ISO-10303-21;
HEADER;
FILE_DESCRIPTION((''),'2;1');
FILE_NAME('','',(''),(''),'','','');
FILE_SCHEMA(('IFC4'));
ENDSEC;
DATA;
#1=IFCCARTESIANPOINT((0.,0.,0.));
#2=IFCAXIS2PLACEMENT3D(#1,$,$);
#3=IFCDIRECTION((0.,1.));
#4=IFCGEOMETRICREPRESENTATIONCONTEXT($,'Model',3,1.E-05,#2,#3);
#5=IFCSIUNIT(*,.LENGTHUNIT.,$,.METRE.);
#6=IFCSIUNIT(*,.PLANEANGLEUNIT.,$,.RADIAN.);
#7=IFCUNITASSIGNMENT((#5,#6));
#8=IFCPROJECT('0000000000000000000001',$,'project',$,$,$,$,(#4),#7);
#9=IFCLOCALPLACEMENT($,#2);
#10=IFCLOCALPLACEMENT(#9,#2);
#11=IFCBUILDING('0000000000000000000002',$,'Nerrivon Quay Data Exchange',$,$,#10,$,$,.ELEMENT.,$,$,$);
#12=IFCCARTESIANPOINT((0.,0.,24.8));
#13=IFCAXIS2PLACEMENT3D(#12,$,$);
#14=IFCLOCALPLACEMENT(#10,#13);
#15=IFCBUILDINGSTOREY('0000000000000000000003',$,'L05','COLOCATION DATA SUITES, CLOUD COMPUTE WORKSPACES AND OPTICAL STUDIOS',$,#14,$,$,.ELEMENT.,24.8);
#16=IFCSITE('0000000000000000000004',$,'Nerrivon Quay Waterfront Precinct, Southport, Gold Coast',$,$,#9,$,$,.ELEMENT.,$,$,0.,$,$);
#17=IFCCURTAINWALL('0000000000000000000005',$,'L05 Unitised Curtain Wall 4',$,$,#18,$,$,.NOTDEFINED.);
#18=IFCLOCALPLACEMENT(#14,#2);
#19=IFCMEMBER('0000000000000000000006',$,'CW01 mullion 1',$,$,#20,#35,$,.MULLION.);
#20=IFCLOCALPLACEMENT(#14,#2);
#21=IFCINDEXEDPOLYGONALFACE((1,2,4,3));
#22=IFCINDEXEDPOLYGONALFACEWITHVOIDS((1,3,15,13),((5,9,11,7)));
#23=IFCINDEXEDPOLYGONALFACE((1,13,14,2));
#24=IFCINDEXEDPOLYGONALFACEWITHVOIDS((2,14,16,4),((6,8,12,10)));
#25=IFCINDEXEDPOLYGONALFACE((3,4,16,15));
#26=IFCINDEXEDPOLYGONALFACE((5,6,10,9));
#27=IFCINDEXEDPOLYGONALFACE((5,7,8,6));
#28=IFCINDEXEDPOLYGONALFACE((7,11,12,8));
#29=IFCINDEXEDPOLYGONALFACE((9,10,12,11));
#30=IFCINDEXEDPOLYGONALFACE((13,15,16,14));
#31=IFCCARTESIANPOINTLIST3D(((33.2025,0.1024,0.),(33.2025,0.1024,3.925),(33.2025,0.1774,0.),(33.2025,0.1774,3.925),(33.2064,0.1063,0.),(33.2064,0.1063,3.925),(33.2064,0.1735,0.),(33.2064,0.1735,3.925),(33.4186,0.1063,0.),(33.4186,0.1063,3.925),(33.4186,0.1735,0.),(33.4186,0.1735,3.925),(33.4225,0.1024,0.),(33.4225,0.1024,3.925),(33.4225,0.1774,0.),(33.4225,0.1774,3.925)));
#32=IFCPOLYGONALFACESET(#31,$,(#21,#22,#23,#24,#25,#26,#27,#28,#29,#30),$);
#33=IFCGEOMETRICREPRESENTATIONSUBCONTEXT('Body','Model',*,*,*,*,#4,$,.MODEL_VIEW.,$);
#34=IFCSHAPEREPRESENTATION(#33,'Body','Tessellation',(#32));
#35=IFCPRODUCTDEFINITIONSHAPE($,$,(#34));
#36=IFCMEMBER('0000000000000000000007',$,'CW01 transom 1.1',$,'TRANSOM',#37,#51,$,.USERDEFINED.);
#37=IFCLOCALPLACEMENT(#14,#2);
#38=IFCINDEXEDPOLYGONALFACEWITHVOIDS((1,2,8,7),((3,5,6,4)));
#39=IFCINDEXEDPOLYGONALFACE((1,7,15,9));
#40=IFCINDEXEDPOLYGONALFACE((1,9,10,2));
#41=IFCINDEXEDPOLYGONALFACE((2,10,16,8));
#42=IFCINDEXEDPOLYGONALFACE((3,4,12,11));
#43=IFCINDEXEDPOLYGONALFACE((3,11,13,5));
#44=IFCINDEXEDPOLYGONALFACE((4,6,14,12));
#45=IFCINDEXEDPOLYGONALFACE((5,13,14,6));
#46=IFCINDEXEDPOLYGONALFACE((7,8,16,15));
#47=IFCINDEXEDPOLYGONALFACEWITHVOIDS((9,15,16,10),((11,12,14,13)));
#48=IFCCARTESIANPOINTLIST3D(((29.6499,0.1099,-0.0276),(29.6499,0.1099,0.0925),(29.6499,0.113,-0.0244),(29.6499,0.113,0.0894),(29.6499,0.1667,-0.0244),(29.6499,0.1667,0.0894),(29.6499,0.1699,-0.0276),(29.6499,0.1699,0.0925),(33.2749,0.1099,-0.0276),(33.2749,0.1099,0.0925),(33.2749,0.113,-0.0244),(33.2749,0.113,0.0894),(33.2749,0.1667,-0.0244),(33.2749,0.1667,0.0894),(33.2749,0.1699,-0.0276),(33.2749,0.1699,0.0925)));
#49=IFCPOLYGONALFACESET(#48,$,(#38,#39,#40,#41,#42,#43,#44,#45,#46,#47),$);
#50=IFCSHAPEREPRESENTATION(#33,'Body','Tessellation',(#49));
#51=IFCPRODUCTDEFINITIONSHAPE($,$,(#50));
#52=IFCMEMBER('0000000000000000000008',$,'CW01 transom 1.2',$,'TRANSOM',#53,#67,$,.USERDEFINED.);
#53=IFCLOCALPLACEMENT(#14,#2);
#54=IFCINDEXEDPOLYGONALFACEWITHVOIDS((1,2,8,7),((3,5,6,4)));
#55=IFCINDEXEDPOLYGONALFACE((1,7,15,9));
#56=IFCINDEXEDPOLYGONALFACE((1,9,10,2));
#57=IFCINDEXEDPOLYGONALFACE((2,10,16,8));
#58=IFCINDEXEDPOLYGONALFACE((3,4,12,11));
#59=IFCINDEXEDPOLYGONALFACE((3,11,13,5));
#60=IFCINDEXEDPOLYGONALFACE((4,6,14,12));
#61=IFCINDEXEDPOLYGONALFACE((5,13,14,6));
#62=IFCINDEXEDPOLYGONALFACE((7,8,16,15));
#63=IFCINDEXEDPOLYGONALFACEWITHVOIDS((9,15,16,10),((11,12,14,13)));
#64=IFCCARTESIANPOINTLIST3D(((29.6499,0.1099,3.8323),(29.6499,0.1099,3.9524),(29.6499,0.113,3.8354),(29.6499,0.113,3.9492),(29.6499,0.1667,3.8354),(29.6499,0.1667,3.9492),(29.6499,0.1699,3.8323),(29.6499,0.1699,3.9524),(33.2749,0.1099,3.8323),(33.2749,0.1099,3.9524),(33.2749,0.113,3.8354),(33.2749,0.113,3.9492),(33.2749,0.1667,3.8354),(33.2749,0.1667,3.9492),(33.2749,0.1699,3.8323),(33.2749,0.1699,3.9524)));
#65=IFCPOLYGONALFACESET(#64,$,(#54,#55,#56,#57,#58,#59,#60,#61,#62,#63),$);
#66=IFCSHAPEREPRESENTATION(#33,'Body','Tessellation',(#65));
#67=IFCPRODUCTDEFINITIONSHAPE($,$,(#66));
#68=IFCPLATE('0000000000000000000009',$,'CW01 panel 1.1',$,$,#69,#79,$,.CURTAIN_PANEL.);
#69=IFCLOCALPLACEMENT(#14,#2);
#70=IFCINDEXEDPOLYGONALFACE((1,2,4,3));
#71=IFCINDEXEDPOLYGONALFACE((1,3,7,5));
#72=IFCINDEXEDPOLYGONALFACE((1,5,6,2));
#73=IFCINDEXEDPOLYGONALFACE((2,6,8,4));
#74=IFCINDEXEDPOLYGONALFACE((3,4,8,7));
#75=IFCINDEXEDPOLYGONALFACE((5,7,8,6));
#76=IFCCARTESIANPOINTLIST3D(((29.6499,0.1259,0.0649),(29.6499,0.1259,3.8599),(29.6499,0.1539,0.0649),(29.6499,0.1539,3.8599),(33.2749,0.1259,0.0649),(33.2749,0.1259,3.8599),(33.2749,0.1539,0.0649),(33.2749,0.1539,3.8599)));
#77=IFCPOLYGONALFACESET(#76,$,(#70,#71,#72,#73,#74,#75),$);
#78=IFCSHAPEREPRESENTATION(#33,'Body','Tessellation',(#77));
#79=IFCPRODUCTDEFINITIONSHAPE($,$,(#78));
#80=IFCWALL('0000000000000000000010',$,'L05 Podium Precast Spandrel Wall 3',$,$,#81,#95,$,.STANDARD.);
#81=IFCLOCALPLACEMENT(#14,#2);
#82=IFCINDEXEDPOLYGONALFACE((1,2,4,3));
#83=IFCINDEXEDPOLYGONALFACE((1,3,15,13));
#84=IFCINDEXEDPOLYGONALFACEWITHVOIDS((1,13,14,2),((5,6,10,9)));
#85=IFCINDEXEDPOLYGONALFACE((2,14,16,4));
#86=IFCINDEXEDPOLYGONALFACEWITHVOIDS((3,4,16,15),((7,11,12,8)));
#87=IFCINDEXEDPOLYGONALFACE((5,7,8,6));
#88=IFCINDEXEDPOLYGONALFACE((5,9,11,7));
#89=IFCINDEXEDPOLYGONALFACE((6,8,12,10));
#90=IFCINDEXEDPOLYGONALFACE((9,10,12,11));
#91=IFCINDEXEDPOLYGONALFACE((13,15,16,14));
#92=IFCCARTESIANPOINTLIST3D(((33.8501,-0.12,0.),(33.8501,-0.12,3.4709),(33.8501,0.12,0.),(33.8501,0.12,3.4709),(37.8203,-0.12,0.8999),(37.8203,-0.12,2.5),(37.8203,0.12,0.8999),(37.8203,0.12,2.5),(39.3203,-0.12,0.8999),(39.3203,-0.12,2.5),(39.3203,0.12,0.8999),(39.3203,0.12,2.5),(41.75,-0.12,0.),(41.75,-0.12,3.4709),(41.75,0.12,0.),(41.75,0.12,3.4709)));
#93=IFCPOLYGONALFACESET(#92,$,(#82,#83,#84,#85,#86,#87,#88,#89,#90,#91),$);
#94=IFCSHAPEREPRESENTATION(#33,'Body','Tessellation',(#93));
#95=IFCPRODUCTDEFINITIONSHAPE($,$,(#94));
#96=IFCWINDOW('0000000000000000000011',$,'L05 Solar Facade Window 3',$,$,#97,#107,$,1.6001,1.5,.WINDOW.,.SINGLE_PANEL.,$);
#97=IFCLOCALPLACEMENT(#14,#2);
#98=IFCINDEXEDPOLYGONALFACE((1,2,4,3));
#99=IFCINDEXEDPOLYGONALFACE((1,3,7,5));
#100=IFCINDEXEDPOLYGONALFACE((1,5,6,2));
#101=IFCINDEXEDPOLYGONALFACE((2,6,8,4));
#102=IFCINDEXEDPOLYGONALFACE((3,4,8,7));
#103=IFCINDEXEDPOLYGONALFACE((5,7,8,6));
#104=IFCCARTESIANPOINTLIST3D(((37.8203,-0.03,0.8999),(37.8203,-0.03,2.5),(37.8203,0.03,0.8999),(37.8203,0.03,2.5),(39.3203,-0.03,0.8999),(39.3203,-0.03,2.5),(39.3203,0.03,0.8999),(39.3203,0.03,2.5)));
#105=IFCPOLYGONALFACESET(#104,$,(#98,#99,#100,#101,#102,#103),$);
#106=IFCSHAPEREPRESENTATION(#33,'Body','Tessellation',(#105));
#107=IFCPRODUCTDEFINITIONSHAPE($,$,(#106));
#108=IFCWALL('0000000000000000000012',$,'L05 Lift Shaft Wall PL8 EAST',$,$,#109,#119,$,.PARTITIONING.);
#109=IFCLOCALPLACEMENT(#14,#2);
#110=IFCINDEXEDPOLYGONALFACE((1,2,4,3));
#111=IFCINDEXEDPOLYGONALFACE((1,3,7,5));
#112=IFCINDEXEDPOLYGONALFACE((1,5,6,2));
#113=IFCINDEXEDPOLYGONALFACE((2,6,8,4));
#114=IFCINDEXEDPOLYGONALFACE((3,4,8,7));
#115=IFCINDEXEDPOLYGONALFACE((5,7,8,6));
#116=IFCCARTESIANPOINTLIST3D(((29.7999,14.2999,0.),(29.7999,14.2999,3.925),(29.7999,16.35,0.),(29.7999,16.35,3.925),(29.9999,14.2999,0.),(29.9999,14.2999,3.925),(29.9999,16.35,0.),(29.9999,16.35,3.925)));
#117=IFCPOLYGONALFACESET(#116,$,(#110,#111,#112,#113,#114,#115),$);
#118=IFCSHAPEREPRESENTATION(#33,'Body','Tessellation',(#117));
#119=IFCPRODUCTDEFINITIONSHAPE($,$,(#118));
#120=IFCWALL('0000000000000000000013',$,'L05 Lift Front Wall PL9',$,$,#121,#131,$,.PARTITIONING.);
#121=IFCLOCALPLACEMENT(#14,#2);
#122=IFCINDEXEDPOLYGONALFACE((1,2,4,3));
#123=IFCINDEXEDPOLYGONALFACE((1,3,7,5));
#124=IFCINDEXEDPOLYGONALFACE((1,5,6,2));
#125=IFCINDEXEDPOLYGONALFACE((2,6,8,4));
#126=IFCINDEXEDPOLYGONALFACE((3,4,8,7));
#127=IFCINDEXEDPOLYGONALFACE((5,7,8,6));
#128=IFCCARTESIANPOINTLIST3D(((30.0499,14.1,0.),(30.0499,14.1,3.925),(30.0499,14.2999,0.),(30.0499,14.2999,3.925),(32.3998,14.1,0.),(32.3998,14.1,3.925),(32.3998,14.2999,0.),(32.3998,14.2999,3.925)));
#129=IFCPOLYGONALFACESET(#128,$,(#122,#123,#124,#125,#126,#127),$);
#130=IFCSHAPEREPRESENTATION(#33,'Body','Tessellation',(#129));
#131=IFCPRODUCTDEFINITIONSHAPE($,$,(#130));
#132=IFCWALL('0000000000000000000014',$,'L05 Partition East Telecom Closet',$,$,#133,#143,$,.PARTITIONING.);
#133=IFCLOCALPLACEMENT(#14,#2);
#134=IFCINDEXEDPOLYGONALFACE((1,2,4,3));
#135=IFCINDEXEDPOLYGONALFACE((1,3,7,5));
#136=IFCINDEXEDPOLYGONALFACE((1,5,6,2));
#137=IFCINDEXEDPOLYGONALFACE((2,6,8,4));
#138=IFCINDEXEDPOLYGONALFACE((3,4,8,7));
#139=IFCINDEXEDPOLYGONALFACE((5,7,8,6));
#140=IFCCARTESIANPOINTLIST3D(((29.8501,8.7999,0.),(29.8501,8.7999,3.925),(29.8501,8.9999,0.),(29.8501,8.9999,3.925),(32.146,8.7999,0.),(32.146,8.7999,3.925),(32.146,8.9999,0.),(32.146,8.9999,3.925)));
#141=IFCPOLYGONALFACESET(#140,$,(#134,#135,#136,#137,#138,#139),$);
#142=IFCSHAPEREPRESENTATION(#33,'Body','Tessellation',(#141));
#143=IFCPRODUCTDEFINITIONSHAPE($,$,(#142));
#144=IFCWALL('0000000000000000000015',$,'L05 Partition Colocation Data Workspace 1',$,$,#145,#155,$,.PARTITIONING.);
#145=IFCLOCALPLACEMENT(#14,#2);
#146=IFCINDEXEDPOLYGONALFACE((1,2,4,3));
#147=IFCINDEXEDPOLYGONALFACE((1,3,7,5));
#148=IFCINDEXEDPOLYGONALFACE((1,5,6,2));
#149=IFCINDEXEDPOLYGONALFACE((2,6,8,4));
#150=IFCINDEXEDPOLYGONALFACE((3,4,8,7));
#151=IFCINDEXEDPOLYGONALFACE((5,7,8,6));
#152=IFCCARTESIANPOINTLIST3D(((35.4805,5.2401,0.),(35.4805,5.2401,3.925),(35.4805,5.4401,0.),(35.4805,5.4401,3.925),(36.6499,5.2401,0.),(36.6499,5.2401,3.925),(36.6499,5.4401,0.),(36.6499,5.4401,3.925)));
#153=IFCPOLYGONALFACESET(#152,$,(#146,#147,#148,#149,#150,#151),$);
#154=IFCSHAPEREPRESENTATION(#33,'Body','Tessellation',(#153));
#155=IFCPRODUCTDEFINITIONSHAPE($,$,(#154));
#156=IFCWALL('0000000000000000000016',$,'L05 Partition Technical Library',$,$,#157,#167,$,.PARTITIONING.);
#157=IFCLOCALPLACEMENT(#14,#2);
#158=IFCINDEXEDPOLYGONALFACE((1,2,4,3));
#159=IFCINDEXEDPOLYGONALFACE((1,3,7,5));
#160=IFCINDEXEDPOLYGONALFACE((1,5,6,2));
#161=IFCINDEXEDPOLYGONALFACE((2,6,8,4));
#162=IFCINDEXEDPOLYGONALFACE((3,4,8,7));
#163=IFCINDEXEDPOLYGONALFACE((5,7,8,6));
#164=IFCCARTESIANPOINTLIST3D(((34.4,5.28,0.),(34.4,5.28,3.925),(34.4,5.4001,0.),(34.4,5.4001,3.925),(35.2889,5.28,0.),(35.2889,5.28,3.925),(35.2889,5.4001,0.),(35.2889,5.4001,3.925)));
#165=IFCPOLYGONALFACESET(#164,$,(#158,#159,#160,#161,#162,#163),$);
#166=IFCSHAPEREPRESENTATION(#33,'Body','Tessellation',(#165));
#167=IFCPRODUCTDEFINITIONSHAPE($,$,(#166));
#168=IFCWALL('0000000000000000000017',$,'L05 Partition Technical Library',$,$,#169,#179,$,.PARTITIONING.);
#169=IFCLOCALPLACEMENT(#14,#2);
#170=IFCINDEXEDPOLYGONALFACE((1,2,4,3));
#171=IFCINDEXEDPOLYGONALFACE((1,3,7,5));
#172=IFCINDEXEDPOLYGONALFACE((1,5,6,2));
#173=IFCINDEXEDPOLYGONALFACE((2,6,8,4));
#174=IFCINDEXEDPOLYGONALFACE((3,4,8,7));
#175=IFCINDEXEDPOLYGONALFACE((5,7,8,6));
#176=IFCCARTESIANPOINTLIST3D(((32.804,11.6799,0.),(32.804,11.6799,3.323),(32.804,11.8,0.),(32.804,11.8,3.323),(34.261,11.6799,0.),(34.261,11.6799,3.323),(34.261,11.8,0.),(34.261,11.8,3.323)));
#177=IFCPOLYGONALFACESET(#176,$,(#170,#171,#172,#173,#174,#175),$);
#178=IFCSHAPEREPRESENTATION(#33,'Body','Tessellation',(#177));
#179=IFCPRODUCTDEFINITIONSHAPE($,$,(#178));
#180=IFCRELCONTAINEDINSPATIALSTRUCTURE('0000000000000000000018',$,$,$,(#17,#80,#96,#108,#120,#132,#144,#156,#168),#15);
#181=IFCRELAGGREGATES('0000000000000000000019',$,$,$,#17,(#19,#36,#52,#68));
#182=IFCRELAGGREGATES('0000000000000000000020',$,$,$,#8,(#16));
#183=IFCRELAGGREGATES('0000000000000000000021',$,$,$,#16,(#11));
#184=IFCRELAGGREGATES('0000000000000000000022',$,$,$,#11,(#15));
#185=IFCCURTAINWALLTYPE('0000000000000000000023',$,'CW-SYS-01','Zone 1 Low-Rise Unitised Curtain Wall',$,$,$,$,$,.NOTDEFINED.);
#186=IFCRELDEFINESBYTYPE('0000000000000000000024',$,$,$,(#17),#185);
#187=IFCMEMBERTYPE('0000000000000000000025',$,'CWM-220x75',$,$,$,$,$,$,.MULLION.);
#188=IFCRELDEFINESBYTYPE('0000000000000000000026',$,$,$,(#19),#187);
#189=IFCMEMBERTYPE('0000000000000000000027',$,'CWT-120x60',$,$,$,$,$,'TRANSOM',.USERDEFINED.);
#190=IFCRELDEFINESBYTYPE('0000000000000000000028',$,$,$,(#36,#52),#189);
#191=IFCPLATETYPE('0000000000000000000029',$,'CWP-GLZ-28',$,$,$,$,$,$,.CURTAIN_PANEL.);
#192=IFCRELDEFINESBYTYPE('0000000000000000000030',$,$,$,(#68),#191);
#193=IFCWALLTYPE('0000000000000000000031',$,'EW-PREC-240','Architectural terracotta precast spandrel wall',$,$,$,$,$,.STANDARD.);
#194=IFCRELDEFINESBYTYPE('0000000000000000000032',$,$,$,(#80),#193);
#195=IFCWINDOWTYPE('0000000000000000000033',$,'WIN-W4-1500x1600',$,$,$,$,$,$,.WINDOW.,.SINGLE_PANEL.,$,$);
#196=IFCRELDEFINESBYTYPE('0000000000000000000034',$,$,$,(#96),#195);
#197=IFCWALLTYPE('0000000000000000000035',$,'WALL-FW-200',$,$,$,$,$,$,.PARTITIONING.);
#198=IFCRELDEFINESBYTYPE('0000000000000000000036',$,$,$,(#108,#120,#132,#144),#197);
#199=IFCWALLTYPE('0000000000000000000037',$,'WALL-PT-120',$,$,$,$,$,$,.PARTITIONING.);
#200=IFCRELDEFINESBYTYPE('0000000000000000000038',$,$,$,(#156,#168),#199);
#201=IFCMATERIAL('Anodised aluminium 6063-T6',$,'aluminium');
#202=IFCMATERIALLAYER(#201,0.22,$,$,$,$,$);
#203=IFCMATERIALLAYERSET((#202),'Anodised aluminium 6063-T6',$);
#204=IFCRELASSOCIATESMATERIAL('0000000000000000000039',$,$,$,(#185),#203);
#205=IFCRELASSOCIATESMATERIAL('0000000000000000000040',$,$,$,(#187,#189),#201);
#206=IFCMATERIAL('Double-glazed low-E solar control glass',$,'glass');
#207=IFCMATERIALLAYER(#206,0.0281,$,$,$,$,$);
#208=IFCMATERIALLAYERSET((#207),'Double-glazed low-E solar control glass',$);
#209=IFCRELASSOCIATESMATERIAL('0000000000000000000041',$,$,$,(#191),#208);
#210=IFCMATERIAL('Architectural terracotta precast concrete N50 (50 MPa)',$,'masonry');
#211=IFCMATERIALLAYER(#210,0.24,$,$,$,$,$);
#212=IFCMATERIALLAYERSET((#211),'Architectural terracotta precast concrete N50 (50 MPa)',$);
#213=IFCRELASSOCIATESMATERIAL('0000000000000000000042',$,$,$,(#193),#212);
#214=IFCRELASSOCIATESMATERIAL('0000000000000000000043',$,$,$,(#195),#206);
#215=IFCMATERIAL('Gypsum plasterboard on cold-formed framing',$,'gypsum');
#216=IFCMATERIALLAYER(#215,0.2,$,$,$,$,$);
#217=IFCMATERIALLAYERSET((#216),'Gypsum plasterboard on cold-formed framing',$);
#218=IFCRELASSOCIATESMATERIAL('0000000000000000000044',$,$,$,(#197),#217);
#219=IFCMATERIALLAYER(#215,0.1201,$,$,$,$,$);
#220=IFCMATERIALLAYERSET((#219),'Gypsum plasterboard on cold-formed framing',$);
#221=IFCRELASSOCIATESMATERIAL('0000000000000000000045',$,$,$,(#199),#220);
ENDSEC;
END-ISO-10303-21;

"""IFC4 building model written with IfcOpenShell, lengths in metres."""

from ifc_helpers import new_model, si_unit, direction, frame, frame_2d, origin, origin_2d, place, context, subcontext, project, spatial, rectangle, hollow_rectangle, extrude, material, layer, layer_set, material_profile, profile_set, type_object, element, fill, aggregate, save


model = new_model("IFC4")

# Units and contexts
model_context = context("Model", 3, precision=1e-05, world=origin(), true_north=direction((0.0, 1.0)))
body_context = subcontext(model_context, "Body", "Model", "MODEL_VIEW")
ifc_project = project(units=[si_unit("LENGTHUNIT", "METRE"), si_unit("PLANEANGLEUNIT", "RADIAN")], contexts=[model_context])

# Site, building, storey
site_placement = place(None, origin())
site = spatial("IfcSite", under=ifc_project, at=site_placement, Name="Nerrivon Quay Waterfront Precinct, Southport, Gold Coast", CompositionType="ELEMENT", RefElevation=0.0)
building_placement = place(site_placement, origin())
building = spatial("IfcBuilding", under=site, at=building_placement, Name="Nerrivon Quay Data Exchange", CompositionType="ELEMENT")
storey_placement = place(building_placement, frame((0.0, 0.0, 24.8)))
storey = spatial("IfcBuildingStorey", under=building, at=storey_placement, Name="L05", Description="COLOCATION DATA SUITES, CLOUD COMPUTE WORKSPACES AND OPTICAL STUDIOS", CompositionType="ELEMENT", Elevation=24.8)

# Curtain wall, members, plate
ifc_material_1 = material(Name="Anodised aluminium 6063-T6", Category="aluminium")
ifc_layer_1 = layer(ifc_material_1, 0.22)
ifc_layer_set_1 = layer_set([ifc_layer_1], Name="Anodised aluminium 6063-T6")
curtain_wall_type = type_object("IfcCurtainWallType", Name="CW-SYS-01", Description="Zone 1 Low-Rise Unitised Curtain Wall", PredefinedType="NOTDEFINED", material=ifc_layer_set_1)
curtain_wall_placement = place(storey_placement, origin())
curtain_wall = element("IfcCurtainWall", 1, at=curtain_wall_placement, inside=storey, type_object=curtain_wall_type, Name="L05 Unitised Curtain Wall 4", PredefinedType="NOTDEFINED")
ifc_material_profile_1 = material_profile(ifc_material_1, hollow_rectangle(XDim=0.075, YDim=0.22, WallThickness=0.0039, at=origin_2d()), Name="ALU-MULL-220x75")
ifc_profile_set_1 = profile_set([ifc_material_profile_1], Name="Anodised aluminium 6063-T6")
member_type_1 = type_object("IfcMemberType", Name="CWM-220x75", PredefinedType="MULLION", material=ifc_profile_set_1)
member_1_placement = place(storey_placement, frame((33.3125, 0.1399, 0.0), z_axis=(0.0, 0.0, 1.0), x_axis=(0.0, -1.0, 0.0)))
member_1 = element("IfcMember", 2, at=member_1_placement, type_object=member_type_1, Name="CW01 mullion 1", PredefinedType="MULLION", context=body_context, shape_type="SweptSolid", body=[
    extrude(hollow_rectangle(XDim=0.075, YDim=0.22, WallThickness=0.0039, at=origin_2d()), origin(), (0.0, 0.0, 1.0), 3.925),
])
ifc_material_profile_2 = material_profile(ifc_material_1, hollow_rectangle(XDim=0.0601, YDim=0.1201, WallThickness=0.0032, at=origin_2d()), Name="ALU-TRAN-120x60")
ifc_profile_set_2 = profile_set([ifc_material_profile_2], Name="Anodised aluminium 6063-T6")
member_type_2 = type_object("IfcMemberType", Name="CWT-120x60", ElementType="TRANSOM", PredefinedType="USERDEFINED", material=ifc_profile_set_2)
member_2_placement = place(storey_placement, frame((33.2749, 0.1399, 0.0325), z_axis=(-1.0, 0.0, 0.0), x_axis=(0.0, -1.0, 0.0)))
member_2 = element("IfcMember", 3, at=member_2_placement, type_object=member_type_2, Name="CW01 transom 1.1", ObjectType="TRANSOM", PredefinedType="USERDEFINED", context=body_context, shape_type="SweptSolid", body=[
    extrude(hollow_rectangle(XDim=0.0601, YDim=0.1201, WallThickness=0.0032, at=origin_2d()), origin(), (0.0, 0.0, 1.0), 3.625),
])
member_3_placement = place(storey_placement, frame((33.2749, 0.1399, 3.8923), z_axis=(-1.0, 0.0, 0.0), x_axis=(0.0, -1.0, 0.0)))
member_3 = element("IfcMember", 4, at=member_3_placement, type_object=member_type_2, Name="CW01 transom 1.2", ObjectType="TRANSOM", PredefinedType="USERDEFINED", context=body_context, shape_type="SweptSolid", body=[
    extrude(hollow_rectangle(XDim=0.0601, YDim=0.1201, WallThickness=0.0032, at=origin_2d()), origin(), (0.0, 0.0, 1.0), 3.625),
])
ifc_material_2 = material(Name="Double-glazed low-E solar control glass", Category="glass")
ifc_layer_2 = layer(ifc_material_2, 0.0281)
ifc_layer_set_2 = layer_set([ifc_layer_2], Name="Double-glazed low-E solar control glass")
plate_type = type_object("IfcPlateType", Name="CWP-GLZ-28", PredefinedType="CURTAIN_PANEL", material=ifc_layer_set_2)
plate_placement = place(storey_placement, frame((31.4624, 0.1399, 0.0649), z_axis=(0.0, 0.0, 1.0), x_axis=(-1.0, 0.0, 0.0)))
plate = element("IfcPlate", 5, at=plate_placement, type_object=plate_type, Name="CW01 panel 1.1", PredefinedType="CURTAIN_PANEL", context=body_context, shape_type="SweptSolid", body=[
    extrude(rectangle(XDim=3.625, YDim=0.0281, at=origin_2d()), origin(), (0.0, 0.0, 1.0), 3.7949),
])
aggregate(curtain_wall, [member_1, member_2, member_3, plate])

# Wall, opening, window
ifc_material_3 = material(Name="Architectural terracotta precast concrete N50 (50 MPa)", Category="masonry")
ifc_layer_3 = layer(ifc_material_3, 0.24)
ifc_layer_set_3 = layer_set([ifc_layer_3], Name="Architectural terracotta precast concrete N50 (50 MPa)")
wall_type_1 = type_object("IfcWallType", Name="EW-PREC-240", Description="Architectural terracotta precast spandrel wall", PredefinedType="STANDARD", material=ifc_layer_set_3)
wall_1_placement = place(storey_placement, frame((41.75, 0.0, 0.0), z_axis=(0.0, 0.0, 1.0), x_axis=(-1.0, 0.0, 0.0)))
wall_1 = element("IfcWall", 6, at=wall_1_placement, inside=storey, type_object=wall_type_1, Name="L05 Podium Precast Spandrel Wall 3", PredefinedType="STANDARD", context=body_context, shape_type="SweptSolid", body=[
    extrude(rectangle(XDim=7.8999, YDim=0.24, at=frame_2d((3.95, 0.0))), origin(), (0.0, 0.0, 1.0), 3.4709),
])
opening_1_placement = place(wall_1_placement, frame((2.4297, 0.0, 0.8999)))
opening_1 = element("IfcOpeningElement", 7, at=opening_1_placement, cuts=wall_1, PredefinedType="OPENING", context=body_context, shape_type="SweptSolid", body=[
    extrude(rectangle(XDim=1.5, YDim=1.6001, at=frame_2d((0.75, 0.8))), frame((0.0, 0.1299, 0.0), z_axis=(0.0, -1.0, 0.0), x_axis=(1.0, 0.0, 0.0)), (0.0, 0.0, 1.0), 0.26),
])
window_type = type_object("IfcWindowType", Name="WIN-W4-1500x1600", PartitioningType="SINGLE_PANEL", PredefinedType="WINDOW", material=ifc_material_2)
window_placement = place(opening_1_placement, origin())
window = element("IfcWindow", 8, at=window_placement, inside=storey, type_object=window_type, Name="L05 Solar Facade Window 3", OverallHeight=1.6001, OverallWidth=1.5, PartitioningType="SINGLE_PANEL", PredefinedType="WINDOW", context=body_context, shape_type="SweptSolid", body=[
    extrude(rectangle(XDim=1.5, YDim=1.6001, at=frame_2d((0.75, 0.8))), frame((0.0, 0.03, 0.0), z_axis=(0.0, -1.0, 0.0), x_axis=(1.0, 0.0, 0.0)), (0.0, 0.0, 1.0), 0.0601),
])
fill(opening_1, window)

# Walls
ifc_material_4 = material(Name="Gypsum plasterboard on cold-formed framing", Category="gypsum")
ifc_layer_4 = layer(ifc_material_4, 0.2)
ifc_layer_set_4 = layer_set([ifc_layer_4], Name="Gypsum plasterboard on cold-formed framing")
wall_type_2 = type_object("IfcWallType", Name="WALL-FW-200", PredefinedType="PARTITIONING", material=ifc_layer_set_4)
wall_2_placement = place(storey_placement, frame((29.8999, 14.3, 0.0), z_axis=(0.0, 0.0, 1.0), x_axis=(0.0, 1.0, 0.0)))
element("IfcWall", 9, at=wall_2_placement, inside=storey, type_object=wall_type_2, Name="L05 Lift Shaft Wall PL8 EAST", PredefinedType="PARTITIONING", context=body_context, shape_type="SweptSolid", body=[
    extrude(rectangle(XDim=2.05, YDim=0.2, at=frame_2d((1.0249, 0.0))), origin(), (0.0, 0.0, 1.0), 3.925),
])
wall_3_placement = place(storey_placement, frame((30.05, 14.2, 0.0), z_axis=(0.0, 0.0, 1.0), x_axis=(1.0, 0.0, 0.0)))
element("IfcWall", 10, at=wall_3_placement, inside=storey, type_object=wall_type_2, Name="L05 Lift Front Wall PL9", PredefinedType="PARTITIONING", context=body_context, shape_type="SweptSolid", body=[
    extrude(rectangle(XDim=2.3499, YDim=0.2, at=frame_2d((1.1748, 0.0))), origin(), (0.0, 0.0, 1.0), 3.925),
])

# Walls
wall_4_placement = place(storey_placement, frame((29.8501, 8.8999, 0.0), z_axis=(0.0, 0.0, 1.0), x_axis=(1.0, 0.0, 0.0)))
element("IfcWall", 11, at=wall_4_placement, inside=storey, type_object=wall_type_2, Name="L05 Partition East Telecom Closet", PredefinedType="PARTITIONING", context=body_context, shape_type="SweptSolid", body=[
    extrude(rectangle(XDim=2.2959, YDim=0.2, at=frame_2d((1.1479, 0.0))), origin(), (0.0, 0.0, 1.0), 3.925),
])
wall_5_placement = place(storey_placement, frame((36.6499, 5.3401, 0.0), z_axis=(0.0, 0.0, 1.0), x_axis=(-1.0, 0.0, 0.0)))
element("IfcWall", 12, at=wall_5_placement, inside=storey, type_object=wall_type_2, Name="L05 Partition Colocation Data Workspace 1", PredefinedType="PARTITIONING", context=body_context, shape_type="SweptSolid", body=[
    extrude(rectangle(XDim=1.1694, YDim=0.2, at=frame_2d((0.5847, 0.0))), origin(), (0.0, 0.0, 1.0), 3.925),
])
ifc_layer_5 = layer(ifc_material_4, 0.1201)
ifc_layer_set_5 = layer_set([ifc_layer_5], Name="Gypsum plasterboard on cold-formed framing")
wall_type_3 = type_object("IfcWallType", Name="WALL-PT-120", PredefinedType="PARTITIONING", material=ifc_layer_set_5)
wall_6_placement = place(storey_placement, frame((35.2888, 5.3401, 0.0), z_axis=(0.0, 0.0, 1.0), x_axis=(-1.0, 0.0, 0.0)))
element("IfcWall", 13, at=wall_6_placement, inside=storey, type_object=wall_type_3, Name="L05 Partition Technical Library", PredefinedType="PARTITIONING", context=body_context, shape_type="SweptSolid", body=[
    extrude(rectangle(XDim=0.8889, YDim=0.1201, at=frame_2d((0.4443, 0.0))), origin(), (0.0, 0.0, 1.0), 3.925),
])
wall_7_placement = place(storey_placement, frame((34.261, 11.74, 0.0), z_axis=(0.0, 0.0, 1.0), x_axis=(-1.0, 0.0, 0.0)))
element("IfcWall", 14, at=wall_7_placement, inside=storey, type_object=wall_type_3, Name="L05 Partition Technical Library", PredefinedType="PARTITIONING", context=body_context, shape_type="SweptSolid", body=[
    extrude(rectangle(XDim=1.457, YDim=0.1201, at=frame_2d((0.7285, 0.0))), origin(), (0.0, 0.0, 1.0), 3.323),
])

save(model, "model.ifc")
